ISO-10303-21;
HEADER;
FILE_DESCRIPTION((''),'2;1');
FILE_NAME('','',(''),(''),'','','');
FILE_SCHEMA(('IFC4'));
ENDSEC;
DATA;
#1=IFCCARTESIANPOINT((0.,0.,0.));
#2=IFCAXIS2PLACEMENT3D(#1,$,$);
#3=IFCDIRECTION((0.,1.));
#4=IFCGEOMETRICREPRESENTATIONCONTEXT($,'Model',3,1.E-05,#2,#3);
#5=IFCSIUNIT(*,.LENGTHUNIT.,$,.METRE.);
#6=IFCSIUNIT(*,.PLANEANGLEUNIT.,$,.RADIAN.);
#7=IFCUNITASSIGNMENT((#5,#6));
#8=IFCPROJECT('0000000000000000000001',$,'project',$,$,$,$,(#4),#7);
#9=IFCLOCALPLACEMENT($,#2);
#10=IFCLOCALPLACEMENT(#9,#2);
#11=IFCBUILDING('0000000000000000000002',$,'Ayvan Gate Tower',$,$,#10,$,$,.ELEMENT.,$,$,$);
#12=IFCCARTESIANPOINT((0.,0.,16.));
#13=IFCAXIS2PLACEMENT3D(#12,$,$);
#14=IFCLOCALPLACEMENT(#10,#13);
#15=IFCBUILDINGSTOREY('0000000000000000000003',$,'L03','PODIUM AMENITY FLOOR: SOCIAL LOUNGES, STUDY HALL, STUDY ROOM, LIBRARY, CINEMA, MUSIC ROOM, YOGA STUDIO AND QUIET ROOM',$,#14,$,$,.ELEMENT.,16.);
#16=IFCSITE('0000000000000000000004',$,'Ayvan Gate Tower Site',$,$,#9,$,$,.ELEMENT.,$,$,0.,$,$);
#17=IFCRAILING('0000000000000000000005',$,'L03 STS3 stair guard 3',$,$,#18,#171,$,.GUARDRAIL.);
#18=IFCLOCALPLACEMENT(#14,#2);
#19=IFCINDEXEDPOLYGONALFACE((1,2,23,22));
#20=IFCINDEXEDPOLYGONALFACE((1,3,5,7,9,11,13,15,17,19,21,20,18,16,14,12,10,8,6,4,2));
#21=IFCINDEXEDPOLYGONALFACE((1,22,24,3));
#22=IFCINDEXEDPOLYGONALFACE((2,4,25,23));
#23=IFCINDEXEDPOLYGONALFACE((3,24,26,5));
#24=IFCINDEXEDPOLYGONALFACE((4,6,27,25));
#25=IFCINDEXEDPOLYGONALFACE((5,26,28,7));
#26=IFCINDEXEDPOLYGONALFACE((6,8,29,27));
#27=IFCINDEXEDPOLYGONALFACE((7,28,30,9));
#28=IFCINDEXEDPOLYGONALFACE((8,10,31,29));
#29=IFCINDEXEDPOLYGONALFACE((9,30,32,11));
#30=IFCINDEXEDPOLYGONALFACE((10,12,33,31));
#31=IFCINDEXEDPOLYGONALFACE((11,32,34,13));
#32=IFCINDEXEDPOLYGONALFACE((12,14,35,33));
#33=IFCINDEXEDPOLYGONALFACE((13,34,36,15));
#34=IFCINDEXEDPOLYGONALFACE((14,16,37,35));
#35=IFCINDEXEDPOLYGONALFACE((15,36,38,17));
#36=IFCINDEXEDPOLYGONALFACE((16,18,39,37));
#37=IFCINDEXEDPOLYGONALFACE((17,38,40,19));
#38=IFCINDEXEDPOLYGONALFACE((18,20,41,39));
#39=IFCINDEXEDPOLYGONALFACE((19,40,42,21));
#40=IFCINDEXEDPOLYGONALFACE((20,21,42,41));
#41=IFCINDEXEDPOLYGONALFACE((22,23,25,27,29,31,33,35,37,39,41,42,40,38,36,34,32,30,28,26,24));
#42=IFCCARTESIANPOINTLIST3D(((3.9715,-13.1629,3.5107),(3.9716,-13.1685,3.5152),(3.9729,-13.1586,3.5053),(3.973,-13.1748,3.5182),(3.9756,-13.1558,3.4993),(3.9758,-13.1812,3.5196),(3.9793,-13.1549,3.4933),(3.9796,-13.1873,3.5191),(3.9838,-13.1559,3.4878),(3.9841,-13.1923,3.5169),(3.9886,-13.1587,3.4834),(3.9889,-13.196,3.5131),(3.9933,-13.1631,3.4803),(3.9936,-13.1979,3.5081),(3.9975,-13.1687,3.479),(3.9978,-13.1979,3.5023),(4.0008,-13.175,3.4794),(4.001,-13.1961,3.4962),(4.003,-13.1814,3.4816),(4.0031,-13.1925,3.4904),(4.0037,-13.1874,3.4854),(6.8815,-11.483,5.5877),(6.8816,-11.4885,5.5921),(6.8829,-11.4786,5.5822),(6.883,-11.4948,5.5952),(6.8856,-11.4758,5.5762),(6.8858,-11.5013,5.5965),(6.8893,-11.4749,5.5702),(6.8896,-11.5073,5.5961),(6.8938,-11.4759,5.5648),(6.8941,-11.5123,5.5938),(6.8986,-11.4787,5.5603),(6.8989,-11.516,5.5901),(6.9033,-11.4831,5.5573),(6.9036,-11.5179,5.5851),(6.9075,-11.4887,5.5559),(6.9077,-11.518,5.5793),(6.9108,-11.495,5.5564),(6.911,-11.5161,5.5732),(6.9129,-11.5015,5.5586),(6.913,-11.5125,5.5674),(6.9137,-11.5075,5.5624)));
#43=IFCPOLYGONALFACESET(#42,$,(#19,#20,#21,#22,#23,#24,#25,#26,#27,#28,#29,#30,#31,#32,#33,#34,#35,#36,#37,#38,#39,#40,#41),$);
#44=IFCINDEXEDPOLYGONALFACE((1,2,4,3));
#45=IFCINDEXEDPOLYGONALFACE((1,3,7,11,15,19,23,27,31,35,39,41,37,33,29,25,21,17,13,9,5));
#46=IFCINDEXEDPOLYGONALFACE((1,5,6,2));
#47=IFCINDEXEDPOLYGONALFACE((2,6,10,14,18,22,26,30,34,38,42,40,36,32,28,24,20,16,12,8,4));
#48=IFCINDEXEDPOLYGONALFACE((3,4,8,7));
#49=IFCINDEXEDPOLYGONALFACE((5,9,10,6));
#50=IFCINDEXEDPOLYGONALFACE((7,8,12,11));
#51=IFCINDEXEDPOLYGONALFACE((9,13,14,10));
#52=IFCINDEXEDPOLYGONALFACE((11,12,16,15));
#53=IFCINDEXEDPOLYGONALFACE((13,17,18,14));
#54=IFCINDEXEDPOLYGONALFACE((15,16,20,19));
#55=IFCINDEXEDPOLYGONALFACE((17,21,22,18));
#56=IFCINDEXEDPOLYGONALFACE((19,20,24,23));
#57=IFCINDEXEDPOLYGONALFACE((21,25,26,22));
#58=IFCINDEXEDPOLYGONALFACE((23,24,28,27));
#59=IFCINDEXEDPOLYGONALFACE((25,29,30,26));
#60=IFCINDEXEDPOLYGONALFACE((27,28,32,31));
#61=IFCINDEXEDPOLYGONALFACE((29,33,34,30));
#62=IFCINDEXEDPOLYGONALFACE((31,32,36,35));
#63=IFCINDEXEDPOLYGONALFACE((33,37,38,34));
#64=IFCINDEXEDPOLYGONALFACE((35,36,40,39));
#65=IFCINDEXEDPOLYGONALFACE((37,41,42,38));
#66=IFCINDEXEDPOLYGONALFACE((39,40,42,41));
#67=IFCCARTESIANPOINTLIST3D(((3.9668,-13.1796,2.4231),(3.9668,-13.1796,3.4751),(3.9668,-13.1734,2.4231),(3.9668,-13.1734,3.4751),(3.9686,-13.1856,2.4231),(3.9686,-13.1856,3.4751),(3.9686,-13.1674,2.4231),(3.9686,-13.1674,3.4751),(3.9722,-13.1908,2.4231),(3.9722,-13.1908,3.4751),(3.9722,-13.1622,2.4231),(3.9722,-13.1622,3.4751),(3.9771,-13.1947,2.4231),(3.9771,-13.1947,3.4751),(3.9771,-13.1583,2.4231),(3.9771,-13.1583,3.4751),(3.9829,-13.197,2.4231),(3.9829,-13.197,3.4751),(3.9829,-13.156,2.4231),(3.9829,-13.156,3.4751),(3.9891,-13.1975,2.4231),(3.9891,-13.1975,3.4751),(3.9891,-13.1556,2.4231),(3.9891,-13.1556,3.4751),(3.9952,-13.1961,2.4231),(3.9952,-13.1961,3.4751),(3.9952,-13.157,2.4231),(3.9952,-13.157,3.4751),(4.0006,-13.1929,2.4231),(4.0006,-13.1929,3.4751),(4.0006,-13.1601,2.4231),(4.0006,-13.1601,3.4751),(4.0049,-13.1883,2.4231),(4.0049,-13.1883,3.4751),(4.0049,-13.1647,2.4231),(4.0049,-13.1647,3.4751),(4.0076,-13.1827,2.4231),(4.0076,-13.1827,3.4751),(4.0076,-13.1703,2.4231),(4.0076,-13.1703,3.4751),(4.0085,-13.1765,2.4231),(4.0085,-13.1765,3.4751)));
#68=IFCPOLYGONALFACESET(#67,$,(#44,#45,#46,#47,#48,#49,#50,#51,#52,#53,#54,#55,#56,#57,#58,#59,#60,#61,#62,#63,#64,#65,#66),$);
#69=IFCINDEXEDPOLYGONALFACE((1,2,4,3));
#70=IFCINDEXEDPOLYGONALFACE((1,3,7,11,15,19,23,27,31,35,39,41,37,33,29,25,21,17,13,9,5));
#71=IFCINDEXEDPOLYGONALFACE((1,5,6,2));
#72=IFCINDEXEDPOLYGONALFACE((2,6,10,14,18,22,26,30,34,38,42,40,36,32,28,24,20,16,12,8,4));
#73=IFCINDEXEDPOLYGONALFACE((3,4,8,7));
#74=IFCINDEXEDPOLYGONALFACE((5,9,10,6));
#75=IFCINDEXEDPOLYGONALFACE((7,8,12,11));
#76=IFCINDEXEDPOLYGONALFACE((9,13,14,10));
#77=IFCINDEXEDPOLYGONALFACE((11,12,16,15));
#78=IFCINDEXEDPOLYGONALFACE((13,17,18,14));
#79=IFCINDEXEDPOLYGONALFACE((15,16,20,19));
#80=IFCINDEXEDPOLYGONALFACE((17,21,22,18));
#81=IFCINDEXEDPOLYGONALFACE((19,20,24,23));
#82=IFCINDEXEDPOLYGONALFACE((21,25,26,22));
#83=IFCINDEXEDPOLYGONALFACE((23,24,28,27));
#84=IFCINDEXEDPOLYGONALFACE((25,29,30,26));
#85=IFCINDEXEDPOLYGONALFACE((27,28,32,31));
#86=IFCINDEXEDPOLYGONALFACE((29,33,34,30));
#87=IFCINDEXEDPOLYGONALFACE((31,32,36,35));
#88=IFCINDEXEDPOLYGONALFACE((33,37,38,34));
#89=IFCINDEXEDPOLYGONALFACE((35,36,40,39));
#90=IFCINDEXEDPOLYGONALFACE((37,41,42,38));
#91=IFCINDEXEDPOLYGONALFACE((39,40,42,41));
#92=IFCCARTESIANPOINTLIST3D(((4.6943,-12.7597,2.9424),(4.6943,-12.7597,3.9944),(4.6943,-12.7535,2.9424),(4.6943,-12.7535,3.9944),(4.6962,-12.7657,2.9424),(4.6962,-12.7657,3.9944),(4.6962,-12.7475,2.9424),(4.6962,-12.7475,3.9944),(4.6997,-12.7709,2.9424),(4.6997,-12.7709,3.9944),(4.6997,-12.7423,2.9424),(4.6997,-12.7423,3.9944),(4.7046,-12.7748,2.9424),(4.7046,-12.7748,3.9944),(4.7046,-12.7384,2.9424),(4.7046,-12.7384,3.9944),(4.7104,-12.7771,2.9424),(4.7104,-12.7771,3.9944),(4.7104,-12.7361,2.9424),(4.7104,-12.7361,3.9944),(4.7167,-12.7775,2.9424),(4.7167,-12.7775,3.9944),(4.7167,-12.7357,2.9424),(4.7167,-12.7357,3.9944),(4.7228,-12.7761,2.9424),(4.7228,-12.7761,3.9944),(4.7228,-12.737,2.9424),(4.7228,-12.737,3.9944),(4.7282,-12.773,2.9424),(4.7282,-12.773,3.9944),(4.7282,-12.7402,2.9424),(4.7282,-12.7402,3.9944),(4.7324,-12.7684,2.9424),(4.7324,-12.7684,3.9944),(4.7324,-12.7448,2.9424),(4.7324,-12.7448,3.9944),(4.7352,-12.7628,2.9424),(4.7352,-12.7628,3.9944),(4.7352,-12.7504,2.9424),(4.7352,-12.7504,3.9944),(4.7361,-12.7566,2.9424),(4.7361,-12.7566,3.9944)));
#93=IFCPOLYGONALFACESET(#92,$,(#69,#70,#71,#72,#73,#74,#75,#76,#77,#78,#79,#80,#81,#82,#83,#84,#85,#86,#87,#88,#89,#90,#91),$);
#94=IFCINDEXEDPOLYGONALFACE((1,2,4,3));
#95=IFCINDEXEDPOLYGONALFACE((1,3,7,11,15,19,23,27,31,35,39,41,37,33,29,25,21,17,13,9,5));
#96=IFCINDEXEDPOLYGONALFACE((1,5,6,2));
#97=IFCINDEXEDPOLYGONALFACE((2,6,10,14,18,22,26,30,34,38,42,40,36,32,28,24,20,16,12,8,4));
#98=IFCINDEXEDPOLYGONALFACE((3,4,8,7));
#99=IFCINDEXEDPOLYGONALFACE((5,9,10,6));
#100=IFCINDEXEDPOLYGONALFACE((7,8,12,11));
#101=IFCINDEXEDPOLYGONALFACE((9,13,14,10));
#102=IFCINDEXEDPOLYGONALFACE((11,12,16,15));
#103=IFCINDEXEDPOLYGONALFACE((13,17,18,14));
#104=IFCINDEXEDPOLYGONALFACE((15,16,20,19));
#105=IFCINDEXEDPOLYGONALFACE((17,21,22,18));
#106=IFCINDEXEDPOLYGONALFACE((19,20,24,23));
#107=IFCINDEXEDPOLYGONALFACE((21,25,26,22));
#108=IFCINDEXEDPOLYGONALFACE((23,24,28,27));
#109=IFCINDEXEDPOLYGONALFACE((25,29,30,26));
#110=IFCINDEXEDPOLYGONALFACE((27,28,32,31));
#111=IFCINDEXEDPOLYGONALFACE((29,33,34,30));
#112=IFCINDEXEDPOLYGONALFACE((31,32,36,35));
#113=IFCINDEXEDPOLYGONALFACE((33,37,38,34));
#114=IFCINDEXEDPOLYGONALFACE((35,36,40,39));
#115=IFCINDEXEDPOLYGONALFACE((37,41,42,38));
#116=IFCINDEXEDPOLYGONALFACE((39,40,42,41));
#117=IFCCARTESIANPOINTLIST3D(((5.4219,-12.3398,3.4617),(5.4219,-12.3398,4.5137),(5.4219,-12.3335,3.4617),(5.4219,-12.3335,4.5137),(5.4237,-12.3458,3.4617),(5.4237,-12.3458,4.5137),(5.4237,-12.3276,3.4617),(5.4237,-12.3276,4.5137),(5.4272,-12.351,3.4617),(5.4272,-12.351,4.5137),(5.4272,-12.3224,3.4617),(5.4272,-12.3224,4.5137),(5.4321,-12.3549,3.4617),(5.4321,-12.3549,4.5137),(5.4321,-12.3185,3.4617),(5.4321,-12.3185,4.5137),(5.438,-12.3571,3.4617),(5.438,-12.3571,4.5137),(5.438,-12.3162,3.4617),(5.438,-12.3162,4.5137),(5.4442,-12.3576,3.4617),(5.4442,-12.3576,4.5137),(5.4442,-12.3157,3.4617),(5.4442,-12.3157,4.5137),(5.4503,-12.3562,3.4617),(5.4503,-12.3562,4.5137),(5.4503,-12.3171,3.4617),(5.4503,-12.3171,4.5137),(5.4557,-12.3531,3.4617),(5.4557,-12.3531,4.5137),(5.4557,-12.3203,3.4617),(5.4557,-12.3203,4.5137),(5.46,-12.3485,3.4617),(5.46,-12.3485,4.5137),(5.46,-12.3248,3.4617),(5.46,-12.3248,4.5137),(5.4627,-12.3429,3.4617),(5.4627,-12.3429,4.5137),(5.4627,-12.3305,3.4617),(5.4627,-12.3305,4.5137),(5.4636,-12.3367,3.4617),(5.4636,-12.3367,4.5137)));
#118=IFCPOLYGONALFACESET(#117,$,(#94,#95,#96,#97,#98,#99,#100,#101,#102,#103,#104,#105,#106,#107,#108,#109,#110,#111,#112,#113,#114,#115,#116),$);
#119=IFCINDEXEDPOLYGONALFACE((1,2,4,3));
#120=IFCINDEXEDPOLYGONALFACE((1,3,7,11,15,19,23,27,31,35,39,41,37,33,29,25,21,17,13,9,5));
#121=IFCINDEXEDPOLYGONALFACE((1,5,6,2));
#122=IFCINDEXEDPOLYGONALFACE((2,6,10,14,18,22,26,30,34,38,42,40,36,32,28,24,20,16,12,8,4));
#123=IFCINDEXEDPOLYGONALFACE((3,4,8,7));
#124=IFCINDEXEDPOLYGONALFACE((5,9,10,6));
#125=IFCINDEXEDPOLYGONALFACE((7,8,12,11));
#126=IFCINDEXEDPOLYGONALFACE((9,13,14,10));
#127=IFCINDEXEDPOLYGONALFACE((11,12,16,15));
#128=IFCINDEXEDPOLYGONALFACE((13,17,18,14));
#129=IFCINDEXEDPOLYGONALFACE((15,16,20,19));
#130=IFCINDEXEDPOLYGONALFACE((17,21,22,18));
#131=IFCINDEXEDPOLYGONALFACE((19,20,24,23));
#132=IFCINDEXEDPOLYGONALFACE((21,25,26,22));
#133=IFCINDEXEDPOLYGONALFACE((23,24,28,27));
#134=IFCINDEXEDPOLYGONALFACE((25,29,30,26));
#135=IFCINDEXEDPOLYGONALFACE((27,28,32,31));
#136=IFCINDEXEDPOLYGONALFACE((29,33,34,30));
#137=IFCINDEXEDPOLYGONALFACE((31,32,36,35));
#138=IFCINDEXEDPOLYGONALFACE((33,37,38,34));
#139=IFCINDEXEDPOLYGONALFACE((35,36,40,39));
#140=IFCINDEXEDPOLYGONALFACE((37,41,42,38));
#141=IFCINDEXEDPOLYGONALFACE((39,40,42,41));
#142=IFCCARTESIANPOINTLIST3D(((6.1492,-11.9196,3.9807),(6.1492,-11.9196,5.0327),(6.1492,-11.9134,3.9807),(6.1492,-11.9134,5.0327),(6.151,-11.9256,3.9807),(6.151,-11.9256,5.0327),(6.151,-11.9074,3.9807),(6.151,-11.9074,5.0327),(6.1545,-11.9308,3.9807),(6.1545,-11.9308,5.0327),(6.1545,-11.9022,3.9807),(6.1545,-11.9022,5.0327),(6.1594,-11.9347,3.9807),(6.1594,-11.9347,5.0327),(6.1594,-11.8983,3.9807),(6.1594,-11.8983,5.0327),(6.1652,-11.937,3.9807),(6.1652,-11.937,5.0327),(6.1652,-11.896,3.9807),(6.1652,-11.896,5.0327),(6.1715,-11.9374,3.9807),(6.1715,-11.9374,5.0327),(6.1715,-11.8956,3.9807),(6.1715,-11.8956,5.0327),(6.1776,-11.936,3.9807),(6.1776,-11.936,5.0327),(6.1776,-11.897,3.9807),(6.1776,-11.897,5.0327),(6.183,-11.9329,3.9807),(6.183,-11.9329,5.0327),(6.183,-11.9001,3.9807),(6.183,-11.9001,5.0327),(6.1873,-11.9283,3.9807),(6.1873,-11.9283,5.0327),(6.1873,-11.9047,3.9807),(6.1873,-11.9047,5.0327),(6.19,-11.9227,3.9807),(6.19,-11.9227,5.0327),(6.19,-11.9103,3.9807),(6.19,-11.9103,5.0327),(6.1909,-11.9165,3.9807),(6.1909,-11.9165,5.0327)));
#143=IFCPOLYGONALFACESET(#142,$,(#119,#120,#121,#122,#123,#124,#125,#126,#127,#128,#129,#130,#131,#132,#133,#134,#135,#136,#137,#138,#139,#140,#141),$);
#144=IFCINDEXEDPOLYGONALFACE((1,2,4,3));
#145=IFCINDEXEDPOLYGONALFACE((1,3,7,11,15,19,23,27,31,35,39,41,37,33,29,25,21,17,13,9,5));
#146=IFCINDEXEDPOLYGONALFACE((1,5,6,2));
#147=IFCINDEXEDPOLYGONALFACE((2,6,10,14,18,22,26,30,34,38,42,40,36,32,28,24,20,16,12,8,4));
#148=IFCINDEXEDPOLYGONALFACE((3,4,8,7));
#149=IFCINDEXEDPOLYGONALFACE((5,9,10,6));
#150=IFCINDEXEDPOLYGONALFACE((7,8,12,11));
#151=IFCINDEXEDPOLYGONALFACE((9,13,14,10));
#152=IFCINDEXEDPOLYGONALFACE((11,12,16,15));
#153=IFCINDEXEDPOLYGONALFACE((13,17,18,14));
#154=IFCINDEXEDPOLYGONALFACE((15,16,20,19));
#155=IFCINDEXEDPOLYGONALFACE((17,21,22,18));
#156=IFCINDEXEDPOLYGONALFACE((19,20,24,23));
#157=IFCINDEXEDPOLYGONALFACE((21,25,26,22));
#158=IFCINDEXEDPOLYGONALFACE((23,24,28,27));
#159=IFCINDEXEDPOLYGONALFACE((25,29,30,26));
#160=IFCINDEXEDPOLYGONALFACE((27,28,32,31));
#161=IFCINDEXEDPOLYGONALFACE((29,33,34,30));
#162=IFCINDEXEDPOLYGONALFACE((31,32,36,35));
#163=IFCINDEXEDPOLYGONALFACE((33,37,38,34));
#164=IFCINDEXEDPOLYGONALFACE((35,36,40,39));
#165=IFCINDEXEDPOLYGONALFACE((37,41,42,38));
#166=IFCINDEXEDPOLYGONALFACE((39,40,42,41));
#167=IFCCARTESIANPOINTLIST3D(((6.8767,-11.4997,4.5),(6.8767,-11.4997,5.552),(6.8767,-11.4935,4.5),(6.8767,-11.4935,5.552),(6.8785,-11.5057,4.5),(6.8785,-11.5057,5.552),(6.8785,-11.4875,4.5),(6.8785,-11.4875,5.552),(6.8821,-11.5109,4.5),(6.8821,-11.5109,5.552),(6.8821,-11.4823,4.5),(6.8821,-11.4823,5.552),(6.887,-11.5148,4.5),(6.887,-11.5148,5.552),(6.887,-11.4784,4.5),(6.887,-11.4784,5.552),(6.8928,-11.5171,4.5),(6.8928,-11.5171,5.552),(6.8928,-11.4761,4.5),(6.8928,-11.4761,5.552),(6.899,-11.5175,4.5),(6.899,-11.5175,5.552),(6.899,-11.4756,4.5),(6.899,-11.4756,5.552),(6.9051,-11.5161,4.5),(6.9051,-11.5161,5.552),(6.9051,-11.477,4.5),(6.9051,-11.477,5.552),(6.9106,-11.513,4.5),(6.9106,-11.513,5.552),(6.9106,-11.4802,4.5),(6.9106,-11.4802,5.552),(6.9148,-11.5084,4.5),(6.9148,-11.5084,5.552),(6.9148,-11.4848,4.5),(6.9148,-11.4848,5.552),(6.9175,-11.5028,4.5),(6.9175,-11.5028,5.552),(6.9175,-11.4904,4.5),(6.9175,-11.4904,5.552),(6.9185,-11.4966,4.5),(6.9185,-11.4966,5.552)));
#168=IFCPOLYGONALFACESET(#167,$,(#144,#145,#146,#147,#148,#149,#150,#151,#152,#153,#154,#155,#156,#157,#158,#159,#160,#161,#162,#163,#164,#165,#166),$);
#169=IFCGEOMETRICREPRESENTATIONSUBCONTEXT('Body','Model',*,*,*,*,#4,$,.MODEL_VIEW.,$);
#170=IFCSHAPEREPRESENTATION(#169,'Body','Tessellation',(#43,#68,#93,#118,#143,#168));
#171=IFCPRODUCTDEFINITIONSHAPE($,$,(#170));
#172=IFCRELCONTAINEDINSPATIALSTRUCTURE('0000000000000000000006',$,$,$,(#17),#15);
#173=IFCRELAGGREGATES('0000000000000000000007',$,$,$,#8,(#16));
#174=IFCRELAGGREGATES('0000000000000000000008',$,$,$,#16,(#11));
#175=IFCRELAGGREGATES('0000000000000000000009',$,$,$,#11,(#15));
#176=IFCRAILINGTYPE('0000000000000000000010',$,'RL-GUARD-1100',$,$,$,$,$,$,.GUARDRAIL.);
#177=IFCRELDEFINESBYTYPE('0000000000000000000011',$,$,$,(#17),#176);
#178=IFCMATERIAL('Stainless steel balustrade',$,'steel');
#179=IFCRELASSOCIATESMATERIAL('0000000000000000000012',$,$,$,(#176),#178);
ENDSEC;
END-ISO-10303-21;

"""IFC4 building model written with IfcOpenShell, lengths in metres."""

from ifc_helpers import new_model, si_unit, direction, frame, origin, origin_2d, place, context, subcontext, project, spatial, circle, extrude, material, type_object, element, save


model = new_model("IFC4")

# Units and contexts
model_context = context("Model", 3, precision=1e-05, world=origin(), true_north=direction((0.0, 1.0)))
body_context = subcontext(model_context, "Body", "Model", "MODEL_VIEW")
ifc_project = project(units=[si_unit("LENGTHUNIT", "METRE"), si_unit("PLANEANGLEUNIT", "RADIAN")], contexts=[model_context])

# Site, building, storey
site_placement = place(None, origin())
site = spatial("IfcSite", under=ifc_project, at=site_placement, Name="Ayvan Gate Tower Site", CompositionType="ELEMENT", RefElevation=0.0)
building_placement = place(site_placement, origin())
building = spatial("IfcBuilding", under=site, at=building_placement, Name="Ayvan Gate Tower", CompositionType="ELEMENT")
storey_placement = place(building_placement, frame((0.0, 0.0, 16.0)))
storey = spatial("IfcBuildingStorey", under=building, at=storey_placement, Name="L03", Description="PODIUM AMENITY FLOOR: SOCIAL LOUNGES, STUDY HALL, STUDY ROOM, LIBRARY, CINEMA, MUSIC ROOM, YOGA STUDIO AND QUIET ROOM", CompositionType="ELEMENT", Elevation=16.0)

# Railing
ifc_material_1 = material(Name="Stainless steel balustrade", Category="steel")
railing_type_1 = type_object("IfcRailingType", Name="RL-GUARD-1100", PredefinedType="GUARDRAIL", material=ifc_material_1)
railing_1_placement = place(storey_placement, frame((3.9875, -13.1765, 2.4231)))
element("IfcRailing", 1, at=railing_1_placement, inside=storey, type_object=railing_type_1, Name="L03 STS3 stair guard 3", PredefinedType="GUARDRAIL", context=body_context, shape_type="SweptSolid", body=[
    extrude(circle(Radius=0.0239, at=origin_2d()), frame((0.0, 0.0, 1.0762), z_axis=(0.736668, 0.425288, 0.525785), x_axis=(-0.499976, 0.866039, 0.0)), (0.0, 0.0, 1.0), 3.9502),
    extrude(circle(Radius=0.021, at=origin_2d()), origin(), (0.0, 0.0, 1.0), 1.052),
    extrude(circle(Radius=0.021, at=origin_2d()), frame((0.7275, 0.4199, 0.5193)), (0.0, 0.0, 1.0), 1.052),
    extrude(circle(Radius=0.021, at=origin_2d()), frame((1.4551, 0.8398, 1.0386)), (0.0, 0.0, 1.0), 1.052),
    extrude(circle(Radius=0.021, at=origin_2d()), frame((2.1824, 1.26, 1.5576)), (0.0, 0.0, 1.0), 1.052),
    extrude(circle(Radius=0.021, at=origin_2d()), frame((2.9099, 1.6799, 2.0769)), (0.0, 0.0, 1.0), 1.052),
])

save(model, "model.ifc")
